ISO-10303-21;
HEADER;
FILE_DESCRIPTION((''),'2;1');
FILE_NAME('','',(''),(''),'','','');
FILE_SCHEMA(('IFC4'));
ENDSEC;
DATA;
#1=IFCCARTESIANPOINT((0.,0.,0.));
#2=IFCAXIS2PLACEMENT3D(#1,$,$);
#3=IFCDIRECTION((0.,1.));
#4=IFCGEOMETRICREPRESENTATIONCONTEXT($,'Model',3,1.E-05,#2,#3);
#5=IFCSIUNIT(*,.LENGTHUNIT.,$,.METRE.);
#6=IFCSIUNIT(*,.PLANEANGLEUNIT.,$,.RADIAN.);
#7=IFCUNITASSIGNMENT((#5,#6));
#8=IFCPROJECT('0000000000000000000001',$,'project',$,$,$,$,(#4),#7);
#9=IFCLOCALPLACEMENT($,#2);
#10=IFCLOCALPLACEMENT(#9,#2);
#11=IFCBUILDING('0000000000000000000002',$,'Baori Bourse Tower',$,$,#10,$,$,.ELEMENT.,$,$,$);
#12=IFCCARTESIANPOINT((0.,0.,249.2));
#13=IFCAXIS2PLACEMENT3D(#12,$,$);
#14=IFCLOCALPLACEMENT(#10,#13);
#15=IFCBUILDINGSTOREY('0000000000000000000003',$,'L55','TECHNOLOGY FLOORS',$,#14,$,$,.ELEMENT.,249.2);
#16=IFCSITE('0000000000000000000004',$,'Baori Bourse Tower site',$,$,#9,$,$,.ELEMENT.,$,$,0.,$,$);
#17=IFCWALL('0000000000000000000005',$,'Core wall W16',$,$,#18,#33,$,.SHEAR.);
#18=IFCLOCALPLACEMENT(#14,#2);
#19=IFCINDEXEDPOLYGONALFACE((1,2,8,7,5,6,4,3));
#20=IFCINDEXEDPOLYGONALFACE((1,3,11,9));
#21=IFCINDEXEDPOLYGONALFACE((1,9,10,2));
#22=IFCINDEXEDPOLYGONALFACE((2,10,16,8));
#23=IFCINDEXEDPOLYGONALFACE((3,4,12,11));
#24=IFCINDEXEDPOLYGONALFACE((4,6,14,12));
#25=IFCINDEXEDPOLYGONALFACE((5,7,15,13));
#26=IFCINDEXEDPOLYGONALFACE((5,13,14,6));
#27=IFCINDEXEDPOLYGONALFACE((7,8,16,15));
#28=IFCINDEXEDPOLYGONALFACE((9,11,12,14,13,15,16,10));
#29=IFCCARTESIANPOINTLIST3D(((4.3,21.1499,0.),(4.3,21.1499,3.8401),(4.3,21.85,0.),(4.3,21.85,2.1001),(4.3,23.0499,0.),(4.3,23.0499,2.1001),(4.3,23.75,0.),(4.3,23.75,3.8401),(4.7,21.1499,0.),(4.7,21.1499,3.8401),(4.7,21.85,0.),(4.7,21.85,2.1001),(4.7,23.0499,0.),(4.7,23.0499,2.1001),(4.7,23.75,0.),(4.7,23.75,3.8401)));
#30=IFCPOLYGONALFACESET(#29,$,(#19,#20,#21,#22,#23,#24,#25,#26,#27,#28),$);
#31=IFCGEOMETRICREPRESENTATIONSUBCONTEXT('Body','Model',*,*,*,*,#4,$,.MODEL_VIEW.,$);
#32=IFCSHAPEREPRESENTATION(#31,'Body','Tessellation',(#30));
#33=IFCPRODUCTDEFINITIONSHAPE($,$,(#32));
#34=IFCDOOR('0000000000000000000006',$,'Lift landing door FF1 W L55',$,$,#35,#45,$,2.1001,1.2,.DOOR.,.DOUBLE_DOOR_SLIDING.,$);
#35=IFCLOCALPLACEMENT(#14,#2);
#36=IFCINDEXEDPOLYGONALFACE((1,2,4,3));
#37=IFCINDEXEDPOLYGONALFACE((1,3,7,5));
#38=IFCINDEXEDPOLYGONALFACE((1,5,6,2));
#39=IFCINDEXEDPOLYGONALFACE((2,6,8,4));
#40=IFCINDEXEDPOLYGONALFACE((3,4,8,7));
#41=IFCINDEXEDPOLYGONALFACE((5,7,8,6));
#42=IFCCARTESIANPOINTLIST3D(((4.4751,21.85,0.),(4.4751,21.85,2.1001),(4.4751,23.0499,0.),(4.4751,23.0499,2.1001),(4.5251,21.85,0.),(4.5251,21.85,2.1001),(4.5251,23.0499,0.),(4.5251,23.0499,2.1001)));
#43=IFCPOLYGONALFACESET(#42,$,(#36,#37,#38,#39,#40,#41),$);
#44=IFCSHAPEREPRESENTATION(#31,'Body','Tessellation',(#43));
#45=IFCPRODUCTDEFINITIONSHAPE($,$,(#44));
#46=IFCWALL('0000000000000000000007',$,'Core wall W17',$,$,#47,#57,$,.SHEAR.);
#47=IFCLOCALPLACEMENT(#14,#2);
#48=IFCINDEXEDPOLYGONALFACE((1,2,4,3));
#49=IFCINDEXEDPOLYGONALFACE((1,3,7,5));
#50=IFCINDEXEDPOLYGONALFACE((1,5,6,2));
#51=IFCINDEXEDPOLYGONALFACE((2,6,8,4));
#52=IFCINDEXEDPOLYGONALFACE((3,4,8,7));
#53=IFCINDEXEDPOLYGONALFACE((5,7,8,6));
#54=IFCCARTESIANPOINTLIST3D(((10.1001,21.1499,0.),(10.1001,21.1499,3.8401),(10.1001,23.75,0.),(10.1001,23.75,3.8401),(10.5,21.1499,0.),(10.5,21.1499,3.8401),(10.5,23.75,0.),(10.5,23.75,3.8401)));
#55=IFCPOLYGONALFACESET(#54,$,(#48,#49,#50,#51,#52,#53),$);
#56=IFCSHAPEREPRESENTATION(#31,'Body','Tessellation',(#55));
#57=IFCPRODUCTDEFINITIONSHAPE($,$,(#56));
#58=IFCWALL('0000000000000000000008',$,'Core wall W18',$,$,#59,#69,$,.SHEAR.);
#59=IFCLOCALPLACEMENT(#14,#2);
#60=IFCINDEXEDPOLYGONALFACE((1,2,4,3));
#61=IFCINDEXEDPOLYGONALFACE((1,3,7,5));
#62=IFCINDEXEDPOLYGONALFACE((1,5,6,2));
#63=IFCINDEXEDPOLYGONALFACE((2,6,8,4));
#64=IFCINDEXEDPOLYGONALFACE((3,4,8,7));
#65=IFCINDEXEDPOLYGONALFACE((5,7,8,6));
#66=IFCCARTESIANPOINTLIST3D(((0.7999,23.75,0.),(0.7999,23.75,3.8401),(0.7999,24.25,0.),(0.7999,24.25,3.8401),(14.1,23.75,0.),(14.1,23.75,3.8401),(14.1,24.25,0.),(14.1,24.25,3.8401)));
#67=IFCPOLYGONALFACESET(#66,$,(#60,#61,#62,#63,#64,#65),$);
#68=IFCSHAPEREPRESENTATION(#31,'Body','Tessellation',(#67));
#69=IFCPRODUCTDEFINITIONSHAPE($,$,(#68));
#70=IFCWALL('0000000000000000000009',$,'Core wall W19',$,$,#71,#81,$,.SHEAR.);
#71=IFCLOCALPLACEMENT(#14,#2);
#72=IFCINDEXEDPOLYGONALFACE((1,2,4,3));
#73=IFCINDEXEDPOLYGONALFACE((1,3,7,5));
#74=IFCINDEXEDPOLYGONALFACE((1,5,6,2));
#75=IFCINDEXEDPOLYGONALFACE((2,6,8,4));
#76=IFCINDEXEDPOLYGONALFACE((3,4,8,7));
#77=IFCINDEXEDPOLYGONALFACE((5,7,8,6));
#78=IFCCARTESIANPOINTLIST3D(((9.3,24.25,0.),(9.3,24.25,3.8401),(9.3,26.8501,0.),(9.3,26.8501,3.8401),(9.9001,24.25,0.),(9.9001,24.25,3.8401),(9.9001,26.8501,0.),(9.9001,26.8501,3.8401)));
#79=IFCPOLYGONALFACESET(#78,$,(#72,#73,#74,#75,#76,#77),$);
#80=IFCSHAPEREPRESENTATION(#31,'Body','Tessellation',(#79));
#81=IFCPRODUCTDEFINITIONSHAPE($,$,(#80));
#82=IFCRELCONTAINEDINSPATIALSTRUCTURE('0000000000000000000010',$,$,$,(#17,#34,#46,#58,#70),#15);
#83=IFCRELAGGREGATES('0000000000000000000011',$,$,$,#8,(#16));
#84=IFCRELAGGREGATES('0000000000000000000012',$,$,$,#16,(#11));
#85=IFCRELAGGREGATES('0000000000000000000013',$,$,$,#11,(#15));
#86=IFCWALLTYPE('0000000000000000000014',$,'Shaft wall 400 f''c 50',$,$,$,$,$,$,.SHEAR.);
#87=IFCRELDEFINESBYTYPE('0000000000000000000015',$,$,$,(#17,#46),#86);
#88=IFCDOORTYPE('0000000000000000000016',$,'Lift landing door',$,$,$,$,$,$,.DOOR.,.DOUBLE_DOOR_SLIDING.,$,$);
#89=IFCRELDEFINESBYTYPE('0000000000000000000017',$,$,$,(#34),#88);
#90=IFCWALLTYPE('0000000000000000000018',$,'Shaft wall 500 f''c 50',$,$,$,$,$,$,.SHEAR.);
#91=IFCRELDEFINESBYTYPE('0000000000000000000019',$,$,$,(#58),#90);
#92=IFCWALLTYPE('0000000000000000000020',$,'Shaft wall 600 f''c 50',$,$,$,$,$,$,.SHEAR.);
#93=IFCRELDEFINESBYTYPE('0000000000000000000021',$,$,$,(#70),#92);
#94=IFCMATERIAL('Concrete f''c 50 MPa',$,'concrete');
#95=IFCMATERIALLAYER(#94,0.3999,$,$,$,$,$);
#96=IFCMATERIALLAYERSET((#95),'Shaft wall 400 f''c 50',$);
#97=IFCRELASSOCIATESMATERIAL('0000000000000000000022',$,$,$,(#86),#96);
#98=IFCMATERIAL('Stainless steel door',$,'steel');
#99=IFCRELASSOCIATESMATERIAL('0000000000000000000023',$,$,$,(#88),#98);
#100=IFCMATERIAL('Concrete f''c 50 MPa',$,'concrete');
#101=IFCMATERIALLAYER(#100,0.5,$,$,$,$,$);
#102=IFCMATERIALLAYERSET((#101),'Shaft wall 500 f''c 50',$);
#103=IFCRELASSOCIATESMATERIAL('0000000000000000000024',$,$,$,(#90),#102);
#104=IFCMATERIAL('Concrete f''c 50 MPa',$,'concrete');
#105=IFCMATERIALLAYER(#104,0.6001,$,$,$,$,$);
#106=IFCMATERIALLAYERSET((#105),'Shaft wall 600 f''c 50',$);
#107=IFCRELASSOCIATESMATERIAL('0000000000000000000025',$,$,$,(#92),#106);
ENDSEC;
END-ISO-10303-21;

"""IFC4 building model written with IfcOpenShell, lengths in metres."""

from ifc_helpers import new_model, si_unit, direction, frame, frame_2d, origin, place, context, subcontext, project, spatial, rectangle, extrude, material, layer, layer_set, type_object, element, fill, save


model = new_model("IFC4")

# Units and contexts
model_context = context("Model", 3, precision=1e-05, world=origin(), true_north=direction((0.0, 1.0)))
body_context = subcontext(model_context, "Body", "Model", "MODEL_VIEW")
ifc_project = project(units=[si_unit("LENGTHUNIT", "METRE"), si_unit("PLANEANGLEUNIT", "RADIAN")], contexts=[model_context])

# Site, building, storey
site_placement = place(None, origin())
site = spatial("IfcSite", under=ifc_project, at=site_placement, Name="Baori Bourse Tower site", CompositionType="ELEMENT", RefElevation=0.0)
building_placement = place(site_placement, origin())
building = spatial("IfcBuilding", under=site, at=building_placement, Name="Baori Bourse Tower", CompositionType="ELEMENT")
storey_placement = place(building_placement, frame((0.0, 0.0, 249.2)))
storey = spatial("IfcBuildingStorey", under=building, at=storey_placement, Name="L55", Description="TECHNOLOGY FLOORS", CompositionType="ELEMENT", Elevation=249.2)

# Shared definitions
ifc_material_1 = material(Name="Concrete f'c 50 MPa", Category="concrete")
ifc_layer_1 = layer(ifc_material_1, 0.3999)
ifc_layer_set_1 = layer_set([ifc_layer_1], Name="Shaft wall 400 f'c 50")
wall_type_1 = type_object("IfcWallType", Name="Shaft wall 400 f'c 50", PredefinedType="SHEAR", material=ifc_layer_set_1)

# Wall, opening, door
wall_1_placement = place(storey_placement, frame((4.5, 21.1499, 0.0), z_axis=(0.0, 0.0, 1.0), x_axis=(0.0, 1.0, 0.0)))
wall_1 = element("IfcWall", 1, at=wall_1_placement, inside=storey, type_object=wall_type_1, Name="Core wall W16", PredefinedType="SHEAR", context=body_context, shape_type="SweptSolid", body=[
    extrude(rectangle(XDim=2.6001, YDim=0.3999, at=frame_2d((1.3, 0.0))), origin(), (0.0, 0.0, 1.0), 3.8401),
])
opening_1_placement = place(wall_1_placement, frame((0.7, 0.0, 0.0)))
opening_1 = element("IfcOpeningElement", 2, at=opening_1_placement, cuts=wall_1, PredefinedType="OPENING", context=body_context, shape_type="SweptSolid", body=[
    extrude(rectangle(XDim=1.2, YDim=2.1001, at=frame_2d((0.6001, 1.05))), frame((0.0, 0.21, 0.0), z_axis=(0.0, -1.0, 0.0), x_axis=(1.0, 0.0, 0.0)), (0.0, 0.0, 1.0), 0.4199),
])
ifc_material_2 = material(Name="Stainless steel door", Category="steel")
door_type_1 = type_object("IfcDoorType", Name="Lift landing door", OperationType="DOUBLE_DOOR_SLIDING", PredefinedType="DOOR", material=ifc_material_2)
door_1_placement = place(opening_1_placement, origin())
door_1 = element("IfcDoor", 3, at=door_1_placement, inside=storey, type_object=door_type_1, Name="Lift landing door FF1 W L55", OperationType="DOUBLE_DOOR_SLIDING", OverallHeight=2.1001, OverallWidth=1.2, PredefinedType="DOOR", context=body_context, shape_type="SweptSolid", body=[
    extrude(rectangle(XDim=1.2, YDim=2.1001, at=frame_2d((0.6001, 1.05))), frame((0.0, 0.0249, 0.0), z_axis=(0.0, -1.0, 0.0), x_axis=(1.0, 0.0, 0.0)), (0.0, 0.0, 1.0), 0.05),
])
fill(opening_1, door_1)

# Walls
wall_2_placement = place(storey_placement, frame((10.3, 21.1499, 0.0), z_axis=(0.0, 0.0, 1.0), x_axis=(0.0, 1.0, 0.0)))
element("IfcWall", 4, at=wall_2_placement, inside=storey, type_object=wall_type_1, Name="Core wall W17", PredefinedType="SHEAR", context=body_context, shape_type="SweptSolid", body=[
    extrude(rectangle(XDim=2.6001, YDim=0.3999, at=frame_2d((1.3, 0.0))), origin(), (0.0, 0.0, 1.0), 3.8401),
])
ifc_material_3 = material(Name="Concrete f'c 50 MPa", Category="concrete")
ifc_layer_2 = layer(ifc_material_3, 0.5)
ifc_layer_set_2 = layer_set([ifc_layer_2], Name="Shaft wall 500 f'c 50")
wall_type_2 = type_object("IfcWallType", Name="Shaft wall 500 f'c 50", PredefinedType="SHEAR", material=ifc_layer_set_2)
wall_3_placement = place(storey_placement, frame((0.8, 24.0, 0.0), z_axis=(0.0, 0.0, 1.0), x_axis=(1.0, 0.0, 0.0)))
element("IfcWall", 5, at=wall_3_placement, inside=storey, type_object=wall_type_2, Name="Core wall W18", PredefinedType="SHEAR", context=body_context, shape_type="SweptSolid", body=[
    extrude(rectangle(XDim=13.3, YDim=0.5, at=frame_2d((6.6499, 0.0))), origin(), (0.0, 0.0, 1.0), 3.8401),
])
ifc_material_4 = material(Name="Concrete f'c 50 MPa", Category="concrete")
ifc_layer_3 = layer(ifc_material_4, 0.6001)
ifc_layer_set_3 = layer_set([ifc_layer_3], Name="Shaft wall 600 f'c 50")
wall_type_3 = type_object("IfcWallType", Name="Shaft wall 600 f'c 50", PredefinedType="SHEAR", material=ifc_layer_set_3)
wall_4_placement = place(storey_placement, frame((9.6001, 24.25, 0.0), z_axis=(0.0, 0.0, 1.0), x_axis=(0.0, 1.0, 0.0)))
element("IfcWall", 6, at=wall_4_placement, inside=storey, type_object=wall_type_3, Name="Core wall W19", PredefinedType="SHEAR", context=body_context, shape_type="SweptSolid", body=[
    extrude(rectangle(XDim=2.6001, YDim=0.6001, at=frame_2d((1.3, 0.0))), origin(), (0.0, 0.0, 1.0), 3.8401),
])

save(model, "model.ifc")
